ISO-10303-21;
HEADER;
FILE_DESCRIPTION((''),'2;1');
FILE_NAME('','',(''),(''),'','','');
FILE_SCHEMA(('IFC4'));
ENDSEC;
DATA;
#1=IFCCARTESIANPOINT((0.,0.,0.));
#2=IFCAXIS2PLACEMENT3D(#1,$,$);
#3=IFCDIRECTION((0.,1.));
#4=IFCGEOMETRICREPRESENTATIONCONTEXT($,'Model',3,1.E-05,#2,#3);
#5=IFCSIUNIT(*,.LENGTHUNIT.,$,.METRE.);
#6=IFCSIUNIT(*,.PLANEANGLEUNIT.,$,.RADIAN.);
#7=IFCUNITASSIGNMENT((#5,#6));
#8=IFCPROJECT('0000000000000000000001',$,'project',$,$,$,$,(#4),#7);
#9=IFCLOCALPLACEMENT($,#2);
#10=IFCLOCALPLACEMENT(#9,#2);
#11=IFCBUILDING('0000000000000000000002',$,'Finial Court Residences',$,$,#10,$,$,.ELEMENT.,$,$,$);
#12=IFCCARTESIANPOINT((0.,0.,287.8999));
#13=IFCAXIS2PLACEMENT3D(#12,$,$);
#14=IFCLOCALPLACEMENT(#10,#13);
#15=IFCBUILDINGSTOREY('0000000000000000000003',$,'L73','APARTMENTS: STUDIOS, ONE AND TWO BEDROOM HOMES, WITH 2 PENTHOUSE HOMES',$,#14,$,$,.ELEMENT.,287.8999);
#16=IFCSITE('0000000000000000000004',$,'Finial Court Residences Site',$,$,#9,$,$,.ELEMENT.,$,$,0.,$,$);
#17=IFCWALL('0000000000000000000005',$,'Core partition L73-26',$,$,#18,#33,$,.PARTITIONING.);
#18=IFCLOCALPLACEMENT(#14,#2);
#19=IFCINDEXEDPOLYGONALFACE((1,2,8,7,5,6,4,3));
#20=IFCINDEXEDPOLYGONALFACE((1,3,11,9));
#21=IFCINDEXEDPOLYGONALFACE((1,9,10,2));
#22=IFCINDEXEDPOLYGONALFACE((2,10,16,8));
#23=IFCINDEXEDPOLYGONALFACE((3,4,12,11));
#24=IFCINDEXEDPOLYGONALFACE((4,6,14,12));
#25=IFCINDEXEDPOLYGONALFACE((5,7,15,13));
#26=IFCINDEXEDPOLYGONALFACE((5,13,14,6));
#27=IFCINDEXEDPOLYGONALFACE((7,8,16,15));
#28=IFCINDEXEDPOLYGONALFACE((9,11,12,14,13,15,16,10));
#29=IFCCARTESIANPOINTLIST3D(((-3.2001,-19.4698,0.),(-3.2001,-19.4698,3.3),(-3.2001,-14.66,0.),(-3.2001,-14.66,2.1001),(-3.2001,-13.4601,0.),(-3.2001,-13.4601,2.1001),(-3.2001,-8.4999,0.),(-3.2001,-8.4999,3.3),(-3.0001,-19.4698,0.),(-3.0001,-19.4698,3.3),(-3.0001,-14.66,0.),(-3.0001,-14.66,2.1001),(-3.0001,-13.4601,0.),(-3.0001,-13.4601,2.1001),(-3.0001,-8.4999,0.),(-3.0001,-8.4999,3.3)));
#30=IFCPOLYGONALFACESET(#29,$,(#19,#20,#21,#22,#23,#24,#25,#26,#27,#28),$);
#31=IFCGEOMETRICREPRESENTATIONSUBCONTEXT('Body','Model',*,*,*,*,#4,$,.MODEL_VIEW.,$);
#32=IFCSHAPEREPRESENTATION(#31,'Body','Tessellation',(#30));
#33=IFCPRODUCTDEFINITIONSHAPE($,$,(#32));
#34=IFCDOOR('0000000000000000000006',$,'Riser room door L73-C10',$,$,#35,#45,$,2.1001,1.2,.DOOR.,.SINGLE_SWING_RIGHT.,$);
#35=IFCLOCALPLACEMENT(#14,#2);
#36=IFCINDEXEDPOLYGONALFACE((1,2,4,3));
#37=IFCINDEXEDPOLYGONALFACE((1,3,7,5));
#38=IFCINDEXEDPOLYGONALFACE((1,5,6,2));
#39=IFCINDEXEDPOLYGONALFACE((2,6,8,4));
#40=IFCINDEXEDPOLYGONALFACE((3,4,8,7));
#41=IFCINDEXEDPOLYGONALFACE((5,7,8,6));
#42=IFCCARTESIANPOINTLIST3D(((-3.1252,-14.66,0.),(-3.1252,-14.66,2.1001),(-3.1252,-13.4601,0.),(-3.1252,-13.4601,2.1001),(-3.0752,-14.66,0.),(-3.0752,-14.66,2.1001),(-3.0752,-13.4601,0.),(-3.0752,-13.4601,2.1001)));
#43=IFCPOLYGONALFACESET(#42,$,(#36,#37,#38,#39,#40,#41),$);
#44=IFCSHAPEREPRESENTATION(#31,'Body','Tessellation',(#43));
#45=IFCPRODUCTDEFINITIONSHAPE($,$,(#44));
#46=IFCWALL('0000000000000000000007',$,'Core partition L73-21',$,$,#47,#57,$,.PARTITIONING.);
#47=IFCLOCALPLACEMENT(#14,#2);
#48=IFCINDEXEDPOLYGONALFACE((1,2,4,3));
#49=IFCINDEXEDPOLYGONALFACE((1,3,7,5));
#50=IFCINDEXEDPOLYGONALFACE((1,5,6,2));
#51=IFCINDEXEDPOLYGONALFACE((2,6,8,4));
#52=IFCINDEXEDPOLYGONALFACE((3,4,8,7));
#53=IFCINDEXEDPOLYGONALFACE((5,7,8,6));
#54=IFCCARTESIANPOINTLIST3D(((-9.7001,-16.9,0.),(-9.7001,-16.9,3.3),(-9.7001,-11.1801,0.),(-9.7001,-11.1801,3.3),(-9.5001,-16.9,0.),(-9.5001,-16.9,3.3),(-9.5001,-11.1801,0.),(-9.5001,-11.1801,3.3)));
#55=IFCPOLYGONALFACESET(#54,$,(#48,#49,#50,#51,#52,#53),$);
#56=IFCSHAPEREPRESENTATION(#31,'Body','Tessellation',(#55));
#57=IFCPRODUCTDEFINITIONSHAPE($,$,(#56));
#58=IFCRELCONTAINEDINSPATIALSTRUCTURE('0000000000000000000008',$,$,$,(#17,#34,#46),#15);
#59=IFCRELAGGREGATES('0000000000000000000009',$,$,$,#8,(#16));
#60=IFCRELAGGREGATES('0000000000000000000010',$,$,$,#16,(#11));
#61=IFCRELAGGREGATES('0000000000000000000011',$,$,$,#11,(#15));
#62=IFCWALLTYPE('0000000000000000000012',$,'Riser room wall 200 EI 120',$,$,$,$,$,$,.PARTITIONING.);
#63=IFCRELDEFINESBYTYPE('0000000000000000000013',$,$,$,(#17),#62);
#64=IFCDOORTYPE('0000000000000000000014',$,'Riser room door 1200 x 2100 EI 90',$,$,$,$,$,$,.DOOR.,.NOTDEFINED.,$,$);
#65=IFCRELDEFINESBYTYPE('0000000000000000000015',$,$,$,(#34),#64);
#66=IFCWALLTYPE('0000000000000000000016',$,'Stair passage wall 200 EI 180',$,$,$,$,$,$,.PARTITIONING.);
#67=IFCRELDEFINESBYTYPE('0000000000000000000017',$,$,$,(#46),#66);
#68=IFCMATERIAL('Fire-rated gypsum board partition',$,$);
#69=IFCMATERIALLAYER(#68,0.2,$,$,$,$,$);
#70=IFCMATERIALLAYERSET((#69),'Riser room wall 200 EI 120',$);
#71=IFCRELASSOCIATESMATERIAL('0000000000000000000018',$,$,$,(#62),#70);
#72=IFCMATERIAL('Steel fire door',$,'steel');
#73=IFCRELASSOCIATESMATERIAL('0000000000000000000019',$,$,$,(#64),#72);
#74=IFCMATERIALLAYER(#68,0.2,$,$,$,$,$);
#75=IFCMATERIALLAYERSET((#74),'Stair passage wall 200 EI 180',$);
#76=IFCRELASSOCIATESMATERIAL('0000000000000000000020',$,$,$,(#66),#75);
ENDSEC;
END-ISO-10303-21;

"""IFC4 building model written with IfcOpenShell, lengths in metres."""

from ifc_helpers import new_model, si_unit, direction, frame, frame_2d, origin, place, context, subcontext, project, spatial, rectangle, extrude, material, layer, layer_set, type_object, element, fill, save


model = new_model("IFC4")

# Units and contexts
model_context = context("Model", 3, precision=1e-05, world=origin(), true_north=direction((0.0, 1.0)))
body_context = subcontext(model_context, "Body", "Model", "MODEL_VIEW")
ifc_project = project(units=[si_unit("LENGTHUNIT", "METRE"), si_unit("PLANEANGLEUNIT", "RADIAN")], contexts=[model_context])

# Site, building, storey
site_placement = place(None, origin())
site = spatial("IfcSite", under=ifc_project, at=site_placement, Name="Finial Court Residences Site", CompositionType="ELEMENT", RefElevation=0.0)
building_placement = place(site_placement, origin())
building = spatial("IfcBuilding", under=site, at=building_placement, Name="Finial Court Residences", CompositionType="ELEMENT")
storey_placement = place(building_placement, frame((0.0, 0.0, 287.8999)))
storey = spatial("IfcBuildingStorey", under=building, at=storey_placement, Name="L73", Description="APARTMENTS: STUDIOS, ONE AND TWO BEDROOM HOMES, WITH 2 PENTHOUSE HOMES", CompositionType="ELEMENT", Elevation=287.8999)

# Shared definitions
ifc_material_1 = material(Name="Fire-rated gypsum board partition")

# Shared definitions
ifc_layer_1 = layer(ifc_material_1, 0.2)
ifc_layer_set_1 = layer_set([ifc_layer_1], Name="Riser room wall 200 EI 120")
wall_type_1 = type_object("IfcWallType", Name="Riser room wall 200 EI 120", PredefinedType="PARTITIONING", material=ifc_layer_set_1)

# Wall, opening, door
ifc_material_2 = material(Name="Steel fire door", Category="steel")
wall_1_placement = place(storey_placement, frame((-3.1001, -8.5, 0.0), z_axis=(0.0, 0.0, 1.0), x_axis=(0.0, -1.0, 0.0)))
wall_1 = element("IfcWall", 1, at=wall_1_placement, inside=storey, type_object=wall_type_1, Name="Core partition L73-26", PredefinedType="PARTITIONING", context=body_context, shape_type="SweptSolid", body=[
    extrude(rectangle(XDim=10.97, YDim=0.2, at=frame_2d((5.4849, 0.0))), origin(), (0.0, 0.0, 1.0), 3.3),
])
opening_1_placement = place(wall_1_placement, frame((4.96, 0.0, 0.0)))
opening_1 = element("IfcOpeningElement", 2, at=opening_1_placement, cuts=wall_1, PredefinedType="OPENING", context=body_context, shape_type="SweptSolid", body=[
    extrude(rectangle(XDim=1.2, YDim=2.1001, at=frame_2d((0.6001, 1.05))), frame((0.0, 0.1099, 0.0), z_axis=(0.0, -1.0, 0.0), x_axis=(1.0, 0.0, 0.0)), (0.0, 0.0, 1.0), 0.22),
])
door_type_1 = type_object("IfcDoorType", Name="Riser room door 1200 x 2100 EI 90", OperationType="NOTDEFINED", PredefinedType="DOOR", material=ifc_material_2)
door_1_placement = place(opening_1_placement, origin())
door_1 = element("IfcDoor", 3, at=door_1_placement, inside=storey, type_object=door_type_1, Name="Riser room door L73-C10", OperationType="SINGLE_SWING_RIGHT", OverallHeight=2.1001, OverallWidth=1.2, PredefinedType="DOOR", context=body_context, shape_type="SweptSolid", body=[
    extrude(rectangle(XDim=1.2, YDim=2.1001, at=frame_2d((0.6001, 1.05))), frame((0.0, 0.0249, 0.0), z_axis=(0.0, -1.0, 0.0), x_axis=(1.0, 0.0, 0.0)), (0.0, 0.0, 1.0), 0.05),
])
fill(opening_1, door_1)

# Wall
ifc_layer_2 = layer(ifc_material_1, 0.2)
ifc_layer_set_2 = layer_set([ifc_layer_2], Name="Stair passage wall 200 EI 180")
wall_type_2 = type_object("IfcWallType", Name="Stair passage wall 200 EI 180", PredefinedType="PARTITIONING", material=ifc_layer_set_2)
wall_2_placement = place(storey_placement, frame((-9.6001, -16.8999, 0.0), z_axis=(0.0, 0.0, 1.0), x_axis=(0.0, 1.0, 0.0)))
element("IfcWall", 4, at=wall_2_placement, inside=storey, type_object=wall_type_2, Name="Core partition L73-21", PredefinedType="PARTITIONING", context=body_context, shape_type="SweptSolid", body=[
    extrude(rectangle(XDim=5.72, YDim=0.2, at=frame_2d((2.8599, 0.0))), origin(), (0.0, 0.0, 1.0), 3.3),
])

save(model, "model.ifc")
